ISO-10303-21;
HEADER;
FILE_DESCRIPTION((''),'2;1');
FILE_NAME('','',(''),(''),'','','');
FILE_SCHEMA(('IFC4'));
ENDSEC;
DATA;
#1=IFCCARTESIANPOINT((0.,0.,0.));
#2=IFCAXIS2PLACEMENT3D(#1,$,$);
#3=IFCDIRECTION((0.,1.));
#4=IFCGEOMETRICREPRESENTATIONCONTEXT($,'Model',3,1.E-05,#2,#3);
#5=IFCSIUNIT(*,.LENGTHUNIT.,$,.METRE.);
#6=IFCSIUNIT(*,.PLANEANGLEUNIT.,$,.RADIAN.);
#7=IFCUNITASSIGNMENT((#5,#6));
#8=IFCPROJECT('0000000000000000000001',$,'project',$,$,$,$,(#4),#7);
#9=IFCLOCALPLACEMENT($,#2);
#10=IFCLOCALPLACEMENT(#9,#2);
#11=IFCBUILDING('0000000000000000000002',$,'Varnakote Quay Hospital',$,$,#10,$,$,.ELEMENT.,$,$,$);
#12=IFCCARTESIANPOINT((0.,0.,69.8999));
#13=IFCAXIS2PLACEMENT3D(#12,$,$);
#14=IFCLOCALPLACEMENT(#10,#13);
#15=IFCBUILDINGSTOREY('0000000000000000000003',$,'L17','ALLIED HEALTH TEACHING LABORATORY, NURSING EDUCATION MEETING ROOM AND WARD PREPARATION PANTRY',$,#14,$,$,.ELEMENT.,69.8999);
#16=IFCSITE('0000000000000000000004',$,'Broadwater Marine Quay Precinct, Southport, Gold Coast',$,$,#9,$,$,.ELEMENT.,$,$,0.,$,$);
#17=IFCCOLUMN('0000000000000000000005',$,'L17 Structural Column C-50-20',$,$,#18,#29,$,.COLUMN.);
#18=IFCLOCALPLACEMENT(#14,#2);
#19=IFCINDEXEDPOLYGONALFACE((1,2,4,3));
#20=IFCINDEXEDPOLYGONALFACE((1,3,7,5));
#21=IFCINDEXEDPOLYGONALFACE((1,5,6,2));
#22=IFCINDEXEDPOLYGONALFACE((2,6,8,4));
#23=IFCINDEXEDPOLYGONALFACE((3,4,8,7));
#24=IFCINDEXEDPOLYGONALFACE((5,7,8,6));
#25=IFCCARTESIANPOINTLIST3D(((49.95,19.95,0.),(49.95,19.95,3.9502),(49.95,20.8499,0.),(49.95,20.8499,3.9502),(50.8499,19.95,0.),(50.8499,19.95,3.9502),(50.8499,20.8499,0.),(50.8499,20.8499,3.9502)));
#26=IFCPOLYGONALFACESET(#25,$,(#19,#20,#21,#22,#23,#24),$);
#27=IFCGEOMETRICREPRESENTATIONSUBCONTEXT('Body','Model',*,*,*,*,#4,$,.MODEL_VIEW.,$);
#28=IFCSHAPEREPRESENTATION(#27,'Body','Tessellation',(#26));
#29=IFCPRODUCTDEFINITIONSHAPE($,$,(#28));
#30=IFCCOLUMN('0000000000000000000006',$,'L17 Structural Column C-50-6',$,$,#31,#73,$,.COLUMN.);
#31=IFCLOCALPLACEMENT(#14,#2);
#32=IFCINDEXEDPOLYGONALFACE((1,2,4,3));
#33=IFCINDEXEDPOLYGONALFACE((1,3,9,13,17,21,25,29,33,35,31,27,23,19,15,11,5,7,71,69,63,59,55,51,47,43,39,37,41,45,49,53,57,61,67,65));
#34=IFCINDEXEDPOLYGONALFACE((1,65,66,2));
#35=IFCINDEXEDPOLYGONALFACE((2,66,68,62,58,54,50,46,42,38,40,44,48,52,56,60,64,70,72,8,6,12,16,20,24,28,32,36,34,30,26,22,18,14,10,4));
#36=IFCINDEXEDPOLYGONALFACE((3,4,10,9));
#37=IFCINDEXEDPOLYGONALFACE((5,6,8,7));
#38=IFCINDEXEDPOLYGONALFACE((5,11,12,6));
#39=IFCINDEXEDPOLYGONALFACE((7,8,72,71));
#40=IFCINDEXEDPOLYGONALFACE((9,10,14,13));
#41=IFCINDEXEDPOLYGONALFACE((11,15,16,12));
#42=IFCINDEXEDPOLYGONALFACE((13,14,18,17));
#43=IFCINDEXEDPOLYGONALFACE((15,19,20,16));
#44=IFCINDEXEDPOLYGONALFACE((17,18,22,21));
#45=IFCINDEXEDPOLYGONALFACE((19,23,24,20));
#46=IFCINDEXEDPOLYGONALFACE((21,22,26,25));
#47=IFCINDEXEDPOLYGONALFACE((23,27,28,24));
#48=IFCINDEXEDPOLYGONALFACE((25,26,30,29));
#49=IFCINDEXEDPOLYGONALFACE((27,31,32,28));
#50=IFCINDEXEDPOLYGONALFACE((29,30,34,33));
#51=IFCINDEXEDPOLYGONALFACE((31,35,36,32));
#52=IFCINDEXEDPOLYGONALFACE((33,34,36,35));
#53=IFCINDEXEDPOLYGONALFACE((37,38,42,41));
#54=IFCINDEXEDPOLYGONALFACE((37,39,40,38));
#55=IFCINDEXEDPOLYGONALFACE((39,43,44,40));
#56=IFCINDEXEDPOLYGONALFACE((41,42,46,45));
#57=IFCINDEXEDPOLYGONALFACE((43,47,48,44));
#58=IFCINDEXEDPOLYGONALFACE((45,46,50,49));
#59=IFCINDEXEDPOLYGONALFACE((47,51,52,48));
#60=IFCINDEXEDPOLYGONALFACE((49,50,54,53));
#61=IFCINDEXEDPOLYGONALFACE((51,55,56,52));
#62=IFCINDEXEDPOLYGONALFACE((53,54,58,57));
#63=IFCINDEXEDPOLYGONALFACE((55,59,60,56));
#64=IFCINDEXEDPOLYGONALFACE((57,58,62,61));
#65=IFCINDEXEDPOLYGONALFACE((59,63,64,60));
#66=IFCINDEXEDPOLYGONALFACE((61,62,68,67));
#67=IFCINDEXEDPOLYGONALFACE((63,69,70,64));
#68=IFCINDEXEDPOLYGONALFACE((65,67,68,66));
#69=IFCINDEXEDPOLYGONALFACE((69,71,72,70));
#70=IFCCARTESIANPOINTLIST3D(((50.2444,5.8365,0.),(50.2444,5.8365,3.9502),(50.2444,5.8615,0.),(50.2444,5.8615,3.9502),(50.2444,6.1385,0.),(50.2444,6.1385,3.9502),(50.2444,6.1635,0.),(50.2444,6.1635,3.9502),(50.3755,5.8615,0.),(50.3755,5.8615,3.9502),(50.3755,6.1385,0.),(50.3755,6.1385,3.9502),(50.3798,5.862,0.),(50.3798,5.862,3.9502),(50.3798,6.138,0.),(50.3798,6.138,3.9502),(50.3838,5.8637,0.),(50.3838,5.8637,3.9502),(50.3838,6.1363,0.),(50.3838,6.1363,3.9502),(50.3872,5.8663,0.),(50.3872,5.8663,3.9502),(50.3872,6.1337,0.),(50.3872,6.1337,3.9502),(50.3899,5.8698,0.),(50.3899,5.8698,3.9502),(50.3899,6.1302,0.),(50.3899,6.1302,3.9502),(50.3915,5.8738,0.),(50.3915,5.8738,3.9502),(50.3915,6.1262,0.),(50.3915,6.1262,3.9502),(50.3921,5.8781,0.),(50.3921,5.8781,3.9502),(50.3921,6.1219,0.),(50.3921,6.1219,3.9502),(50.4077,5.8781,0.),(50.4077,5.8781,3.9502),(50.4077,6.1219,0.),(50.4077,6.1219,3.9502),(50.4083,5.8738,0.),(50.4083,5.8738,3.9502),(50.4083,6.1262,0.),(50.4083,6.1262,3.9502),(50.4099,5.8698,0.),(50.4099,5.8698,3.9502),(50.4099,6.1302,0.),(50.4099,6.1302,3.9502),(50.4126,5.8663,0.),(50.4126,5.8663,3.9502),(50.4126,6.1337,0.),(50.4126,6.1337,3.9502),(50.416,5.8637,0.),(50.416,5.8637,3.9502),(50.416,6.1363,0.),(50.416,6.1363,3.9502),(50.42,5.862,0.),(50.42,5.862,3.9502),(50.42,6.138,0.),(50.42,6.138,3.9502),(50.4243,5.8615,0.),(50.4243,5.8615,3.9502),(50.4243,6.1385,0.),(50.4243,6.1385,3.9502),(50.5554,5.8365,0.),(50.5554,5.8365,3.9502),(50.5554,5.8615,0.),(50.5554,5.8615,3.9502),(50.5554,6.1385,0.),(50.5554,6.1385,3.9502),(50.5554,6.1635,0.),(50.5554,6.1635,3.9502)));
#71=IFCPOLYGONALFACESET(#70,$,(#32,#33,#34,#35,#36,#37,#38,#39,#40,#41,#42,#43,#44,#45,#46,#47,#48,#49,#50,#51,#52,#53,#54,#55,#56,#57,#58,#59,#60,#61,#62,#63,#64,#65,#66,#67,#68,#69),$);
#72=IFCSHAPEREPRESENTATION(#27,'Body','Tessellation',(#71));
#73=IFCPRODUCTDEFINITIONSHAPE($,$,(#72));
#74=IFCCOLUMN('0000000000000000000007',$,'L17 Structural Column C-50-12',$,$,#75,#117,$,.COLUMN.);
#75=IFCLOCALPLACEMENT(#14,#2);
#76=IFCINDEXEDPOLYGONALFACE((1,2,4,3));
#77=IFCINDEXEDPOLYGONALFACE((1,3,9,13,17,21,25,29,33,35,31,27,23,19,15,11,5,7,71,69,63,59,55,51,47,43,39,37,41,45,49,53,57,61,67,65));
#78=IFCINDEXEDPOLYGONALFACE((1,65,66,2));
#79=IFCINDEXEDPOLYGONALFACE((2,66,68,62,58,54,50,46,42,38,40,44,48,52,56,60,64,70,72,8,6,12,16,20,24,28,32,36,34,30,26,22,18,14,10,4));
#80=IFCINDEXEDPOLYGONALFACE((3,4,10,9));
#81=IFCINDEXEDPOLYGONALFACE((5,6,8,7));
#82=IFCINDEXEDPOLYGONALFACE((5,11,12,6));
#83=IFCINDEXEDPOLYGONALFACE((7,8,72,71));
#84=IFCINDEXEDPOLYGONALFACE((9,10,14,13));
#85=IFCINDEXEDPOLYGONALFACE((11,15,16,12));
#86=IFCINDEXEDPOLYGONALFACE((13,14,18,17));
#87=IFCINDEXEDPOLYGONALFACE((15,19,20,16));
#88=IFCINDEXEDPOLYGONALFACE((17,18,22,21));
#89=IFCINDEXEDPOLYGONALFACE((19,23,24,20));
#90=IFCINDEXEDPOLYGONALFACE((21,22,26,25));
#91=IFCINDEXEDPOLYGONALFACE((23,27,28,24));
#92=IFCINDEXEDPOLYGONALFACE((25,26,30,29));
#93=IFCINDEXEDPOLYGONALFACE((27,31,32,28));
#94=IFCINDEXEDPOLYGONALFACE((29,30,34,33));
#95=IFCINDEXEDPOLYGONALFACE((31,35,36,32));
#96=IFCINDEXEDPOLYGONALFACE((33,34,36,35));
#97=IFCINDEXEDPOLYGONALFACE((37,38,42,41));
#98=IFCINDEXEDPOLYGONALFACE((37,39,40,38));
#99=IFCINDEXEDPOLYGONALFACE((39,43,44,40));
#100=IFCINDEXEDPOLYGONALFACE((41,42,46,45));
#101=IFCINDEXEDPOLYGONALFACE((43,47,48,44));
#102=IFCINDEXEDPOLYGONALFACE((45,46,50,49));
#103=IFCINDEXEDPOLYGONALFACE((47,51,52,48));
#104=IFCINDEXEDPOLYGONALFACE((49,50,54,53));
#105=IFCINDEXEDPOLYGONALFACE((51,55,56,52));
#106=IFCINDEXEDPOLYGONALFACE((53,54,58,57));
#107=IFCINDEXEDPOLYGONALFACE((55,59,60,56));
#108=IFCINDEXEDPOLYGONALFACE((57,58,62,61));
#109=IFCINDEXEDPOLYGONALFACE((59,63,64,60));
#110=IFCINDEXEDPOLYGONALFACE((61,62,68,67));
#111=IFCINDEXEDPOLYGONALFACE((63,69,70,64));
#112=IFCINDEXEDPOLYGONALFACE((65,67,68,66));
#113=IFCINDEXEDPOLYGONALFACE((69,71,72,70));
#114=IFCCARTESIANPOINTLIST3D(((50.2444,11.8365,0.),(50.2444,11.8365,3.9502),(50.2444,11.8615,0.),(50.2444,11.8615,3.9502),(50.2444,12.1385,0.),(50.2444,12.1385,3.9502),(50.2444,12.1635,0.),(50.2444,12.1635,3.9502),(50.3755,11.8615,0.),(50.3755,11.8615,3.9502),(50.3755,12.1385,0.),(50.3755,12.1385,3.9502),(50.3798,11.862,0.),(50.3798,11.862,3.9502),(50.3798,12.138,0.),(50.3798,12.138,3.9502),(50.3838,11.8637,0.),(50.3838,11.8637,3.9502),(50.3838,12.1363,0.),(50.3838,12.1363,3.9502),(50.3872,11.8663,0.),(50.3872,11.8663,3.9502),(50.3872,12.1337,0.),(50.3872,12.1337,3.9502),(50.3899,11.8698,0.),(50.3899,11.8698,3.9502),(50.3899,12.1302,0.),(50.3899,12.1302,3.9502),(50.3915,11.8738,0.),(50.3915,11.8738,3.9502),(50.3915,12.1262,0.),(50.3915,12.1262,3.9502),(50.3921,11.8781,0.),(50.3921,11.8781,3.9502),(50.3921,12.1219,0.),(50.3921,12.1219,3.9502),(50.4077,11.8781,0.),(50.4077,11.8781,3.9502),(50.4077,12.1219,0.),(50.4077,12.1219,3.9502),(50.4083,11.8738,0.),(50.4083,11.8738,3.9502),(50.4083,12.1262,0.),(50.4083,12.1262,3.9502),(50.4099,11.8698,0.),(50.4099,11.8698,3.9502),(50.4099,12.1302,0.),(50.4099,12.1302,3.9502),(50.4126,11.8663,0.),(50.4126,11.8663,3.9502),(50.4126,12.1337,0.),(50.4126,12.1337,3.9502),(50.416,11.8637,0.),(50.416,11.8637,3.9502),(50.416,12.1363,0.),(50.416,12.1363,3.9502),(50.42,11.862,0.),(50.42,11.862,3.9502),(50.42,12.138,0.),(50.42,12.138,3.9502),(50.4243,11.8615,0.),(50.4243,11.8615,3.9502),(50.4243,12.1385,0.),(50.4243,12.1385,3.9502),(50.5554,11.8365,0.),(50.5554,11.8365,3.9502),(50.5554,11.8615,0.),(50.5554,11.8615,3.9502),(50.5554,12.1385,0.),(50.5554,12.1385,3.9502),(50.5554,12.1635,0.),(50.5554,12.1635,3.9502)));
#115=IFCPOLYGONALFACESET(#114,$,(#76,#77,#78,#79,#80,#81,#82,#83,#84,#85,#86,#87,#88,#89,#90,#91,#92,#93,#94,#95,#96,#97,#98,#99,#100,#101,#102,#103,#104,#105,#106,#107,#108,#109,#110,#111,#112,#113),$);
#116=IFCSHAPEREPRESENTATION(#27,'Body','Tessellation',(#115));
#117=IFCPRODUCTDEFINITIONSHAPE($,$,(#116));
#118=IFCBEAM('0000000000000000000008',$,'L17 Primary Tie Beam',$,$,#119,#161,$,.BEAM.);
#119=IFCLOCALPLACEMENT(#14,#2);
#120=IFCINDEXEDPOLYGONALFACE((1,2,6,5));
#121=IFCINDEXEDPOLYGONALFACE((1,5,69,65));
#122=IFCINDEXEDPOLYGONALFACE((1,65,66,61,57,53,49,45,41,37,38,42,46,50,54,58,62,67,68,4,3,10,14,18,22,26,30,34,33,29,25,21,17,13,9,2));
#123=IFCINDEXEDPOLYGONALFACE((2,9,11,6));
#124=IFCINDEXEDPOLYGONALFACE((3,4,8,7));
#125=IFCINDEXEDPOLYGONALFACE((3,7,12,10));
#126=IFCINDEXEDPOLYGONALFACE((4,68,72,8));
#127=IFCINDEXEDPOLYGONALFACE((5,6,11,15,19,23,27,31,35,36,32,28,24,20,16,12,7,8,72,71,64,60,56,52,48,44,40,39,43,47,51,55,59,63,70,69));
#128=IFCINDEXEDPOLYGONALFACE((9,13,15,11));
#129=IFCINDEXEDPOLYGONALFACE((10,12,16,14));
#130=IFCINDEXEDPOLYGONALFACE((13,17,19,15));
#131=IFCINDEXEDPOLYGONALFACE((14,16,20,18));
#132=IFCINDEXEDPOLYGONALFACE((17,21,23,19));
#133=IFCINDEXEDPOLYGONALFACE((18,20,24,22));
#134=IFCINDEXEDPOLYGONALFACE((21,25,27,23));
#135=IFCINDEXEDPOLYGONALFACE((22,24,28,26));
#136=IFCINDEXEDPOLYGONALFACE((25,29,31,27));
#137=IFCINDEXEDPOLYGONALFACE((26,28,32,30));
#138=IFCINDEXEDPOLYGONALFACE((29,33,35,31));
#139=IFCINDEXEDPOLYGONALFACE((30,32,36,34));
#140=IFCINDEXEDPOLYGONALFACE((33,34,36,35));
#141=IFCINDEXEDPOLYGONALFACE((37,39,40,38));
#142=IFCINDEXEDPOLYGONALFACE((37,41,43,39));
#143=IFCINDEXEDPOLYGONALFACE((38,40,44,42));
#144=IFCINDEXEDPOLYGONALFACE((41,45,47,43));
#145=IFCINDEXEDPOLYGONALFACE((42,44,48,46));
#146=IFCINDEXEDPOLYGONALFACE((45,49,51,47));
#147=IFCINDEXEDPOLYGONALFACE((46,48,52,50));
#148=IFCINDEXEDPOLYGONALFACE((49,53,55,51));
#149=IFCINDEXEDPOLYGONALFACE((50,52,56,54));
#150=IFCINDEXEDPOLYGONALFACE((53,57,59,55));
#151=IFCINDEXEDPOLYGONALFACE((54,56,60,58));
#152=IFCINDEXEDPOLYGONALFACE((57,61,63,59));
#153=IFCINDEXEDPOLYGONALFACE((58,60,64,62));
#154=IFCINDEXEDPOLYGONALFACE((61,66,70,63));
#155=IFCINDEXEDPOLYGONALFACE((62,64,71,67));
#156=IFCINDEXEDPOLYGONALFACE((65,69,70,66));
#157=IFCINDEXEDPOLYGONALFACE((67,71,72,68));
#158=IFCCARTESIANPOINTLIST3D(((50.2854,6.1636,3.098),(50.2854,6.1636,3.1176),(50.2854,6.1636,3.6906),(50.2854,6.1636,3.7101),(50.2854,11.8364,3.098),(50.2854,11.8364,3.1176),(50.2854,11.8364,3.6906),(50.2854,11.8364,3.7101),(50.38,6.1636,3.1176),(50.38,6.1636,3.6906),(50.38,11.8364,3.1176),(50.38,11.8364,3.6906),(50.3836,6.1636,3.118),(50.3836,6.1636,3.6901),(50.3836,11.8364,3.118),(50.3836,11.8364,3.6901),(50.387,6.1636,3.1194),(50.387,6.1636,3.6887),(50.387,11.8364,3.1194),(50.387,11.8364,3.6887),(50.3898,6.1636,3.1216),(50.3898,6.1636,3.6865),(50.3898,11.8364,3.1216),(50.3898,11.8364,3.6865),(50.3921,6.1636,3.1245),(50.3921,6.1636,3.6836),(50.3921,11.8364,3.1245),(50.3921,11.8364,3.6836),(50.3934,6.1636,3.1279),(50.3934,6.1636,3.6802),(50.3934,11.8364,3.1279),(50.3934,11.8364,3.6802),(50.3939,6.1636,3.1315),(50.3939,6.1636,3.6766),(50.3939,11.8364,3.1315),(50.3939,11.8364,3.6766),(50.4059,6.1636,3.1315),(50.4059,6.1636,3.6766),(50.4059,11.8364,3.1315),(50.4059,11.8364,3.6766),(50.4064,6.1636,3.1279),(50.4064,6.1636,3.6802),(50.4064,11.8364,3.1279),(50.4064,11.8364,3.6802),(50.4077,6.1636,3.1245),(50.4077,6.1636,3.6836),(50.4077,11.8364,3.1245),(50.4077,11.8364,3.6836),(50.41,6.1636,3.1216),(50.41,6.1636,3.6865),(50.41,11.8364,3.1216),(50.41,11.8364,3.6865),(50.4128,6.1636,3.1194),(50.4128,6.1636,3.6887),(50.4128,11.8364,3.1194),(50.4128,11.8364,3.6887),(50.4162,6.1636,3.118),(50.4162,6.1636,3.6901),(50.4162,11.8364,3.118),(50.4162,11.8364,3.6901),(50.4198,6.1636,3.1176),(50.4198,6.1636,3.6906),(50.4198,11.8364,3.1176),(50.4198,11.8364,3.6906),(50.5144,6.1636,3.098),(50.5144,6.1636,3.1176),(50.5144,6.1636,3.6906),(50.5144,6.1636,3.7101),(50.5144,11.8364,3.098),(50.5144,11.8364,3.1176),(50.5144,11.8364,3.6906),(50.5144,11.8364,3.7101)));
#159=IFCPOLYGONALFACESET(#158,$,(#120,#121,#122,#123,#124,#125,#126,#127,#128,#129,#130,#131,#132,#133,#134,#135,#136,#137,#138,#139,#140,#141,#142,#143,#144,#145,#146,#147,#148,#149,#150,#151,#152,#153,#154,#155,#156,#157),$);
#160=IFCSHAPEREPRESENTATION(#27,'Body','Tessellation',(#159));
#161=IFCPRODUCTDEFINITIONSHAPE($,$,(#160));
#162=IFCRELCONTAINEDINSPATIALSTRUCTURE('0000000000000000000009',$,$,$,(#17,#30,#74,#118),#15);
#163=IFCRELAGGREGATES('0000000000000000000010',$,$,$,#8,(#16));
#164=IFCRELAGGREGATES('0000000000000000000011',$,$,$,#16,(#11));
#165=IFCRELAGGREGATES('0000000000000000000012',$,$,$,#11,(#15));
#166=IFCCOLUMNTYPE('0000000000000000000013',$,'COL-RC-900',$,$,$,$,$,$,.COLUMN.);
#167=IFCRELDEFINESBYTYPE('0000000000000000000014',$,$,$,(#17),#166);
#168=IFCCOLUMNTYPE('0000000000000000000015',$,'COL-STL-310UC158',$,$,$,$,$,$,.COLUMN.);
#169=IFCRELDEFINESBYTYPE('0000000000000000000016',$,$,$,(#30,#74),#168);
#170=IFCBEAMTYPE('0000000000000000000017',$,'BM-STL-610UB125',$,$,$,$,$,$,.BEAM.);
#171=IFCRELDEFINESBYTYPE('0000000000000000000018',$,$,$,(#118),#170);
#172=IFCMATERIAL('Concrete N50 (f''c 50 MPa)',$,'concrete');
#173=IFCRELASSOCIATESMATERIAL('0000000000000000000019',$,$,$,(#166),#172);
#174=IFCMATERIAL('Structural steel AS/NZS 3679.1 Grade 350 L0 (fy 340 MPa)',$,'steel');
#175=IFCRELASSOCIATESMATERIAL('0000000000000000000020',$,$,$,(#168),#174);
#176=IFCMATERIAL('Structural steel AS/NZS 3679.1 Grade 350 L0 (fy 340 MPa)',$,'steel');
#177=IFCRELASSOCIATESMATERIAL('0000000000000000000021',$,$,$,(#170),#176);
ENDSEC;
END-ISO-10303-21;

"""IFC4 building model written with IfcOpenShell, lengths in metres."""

from ifc_helpers import new_model, si_unit, direction, frame, origin, origin_2d, place, context, subcontext, project, spatial, rectangle, i_section, extrude, material, material_profile, profile_set, type_object, element, save


model = new_model("IFC4")

# Units and contexts
model_context = context("Model", 3, precision=1e-05, world=origin(), true_north=direction((0.0, 1.0)))
body_context = subcontext(model_context, "Body", "Model", "MODEL_VIEW")
ifc_project = project(units=[si_unit("LENGTHUNIT", "METRE"), si_unit("PLANEANGLEUNIT", "RADIAN")], contexts=[model_context])

# Site, building, storey
site_placement = place(None, origin())
site = spatial("IfcSite", under=ifc_project, at=site_placement, Name="Broadwater Marine Quay Precinct, Southport, Gold Coast", CompositionType="ELEMENT", RefElevation=0.0)
building_placement = place(site_placement, origin())
building = spatial("IfcBuilding", under=site, at=building_placement, Name="Varnakote Quay Hospital", CompositionType="ELEMENT")
storey_placement = place(building_placement, frame((0.0, 0.0, 69.8999)))
storey = spatial("IfcBuildingStorey", under=building, at=storey_placement, Name="L17", Description="ALLIED HEALTH TEACHING LABORATORY, NURSING EDUCATION MEETING ROOM AND WARD PREPARATION PANTRY", CompositionType="ELEMENT", Elevation=69.8999)

# Columns
ifc_material_1 = material(Name="Concrete N50 (f'c 50 MPa)", Category="concrete")
ifc_material_profile_1 = material_profile(ifc_material_1, rectangle(XDim=0.8999, YDim=0.8999, at=origin_2d()), Name="RC-COL-900x900")
ifc_profile_set_1 = profile_set([ifc_material_profile_1], Name="Concrete N50 (f'c 50 MPa)")
column_type_1 = type_object("IfcColumnType", Name="COL-RC-900", PredefinedType="COLUMN", material=ifc_profile_set_1)
column_placement = place(storey_placement, frame((50.3999, 20.3999, 0.0), z_axis=(0.0, 0.0, 1.0), x_axis=(1.0, 0.0, 0.0)))
element("IfcColumn", 1, at=column_placement, inside=storey, type_object=column_type_1, Name="L17 Structural Column C-50-20", PredefinedType="COLUMN", context=body_context, shape_type="SweptSolid", body=[
    extrude(rectangle(XDim=0.8999, YDim=0.8999, at=origin_2d()), origin(), (0.0, 0.0, 1.0), 3.9502),
])
ifc_material_2 = material(Name="Structural steel AS/NZS 3679.1 Grade 350 L0 (fy 340 MPa)", Category="steel")
ifc_material_profile_2 = material_profile(ifc_material_2, i_section(OverallWidth=0.311, OverallDepth=0.3269, WebThickness=0.0156, FlangeThickness=0.0249, FilletRadius=0.0166, at=origin_2d()), Name="310UC158")
ifc_profile_set_2 = profile_set([ifc_material_profile_2], Name="Structural steel AS/NZS 3679.1 Grade 350 L0 (fy 340 MPa)")
column_type_2 = type_object("IfcColumnType", Name="COL-STL-310UC158", PredefinedType="COLUMN", material=ifc_profile_set_2)
for number, where, z_axis, x_axis, name in (
    (2, (50.3999, 6.0, 0.0), (0.0, 0.0, 1.0), (1.0, 0.0, 0.0), "L17 Structural Column C-50-6"),
    (3, (50.3999, 12.0, 0.0), (0.0, 0.0, 1.0), (1.0, 0.0, 0.0), "L17 Structural Column C-50-12"),
):
    element("IfcColumn", number, at=place(storey_placement, frame(where, z_axis=z_axis, x_axis=x_axis)), inside=storey, type_object=column_type_2, Name=name, PredefinedType="COLUMN", context=body_context, shape_type="SweptSolid", body=[
        extrude(i_section(OverallWidth=0.311, OverallDepth=0.3269, WebThickness=0.0156, FlangeThickness=0.0249, FilletRadius=0.0166, at=origin_2d()), origin(), (0.0, 0.0, 1.0), 3.9502),
    ])

# Beam
ifc_material_3 = material(Name="Structural steel AS/NZS 3679.1 Grade 350 L0 (fy 340 MPa)", Category="steel")
ifc_material_profile_3 = material_profile(ifc_material_3, i_section(OverallWidth=0.229, OverallDepth=0.6121, WebThickness=0.012, FlangeThickness=0.0195, FilletRadius=0.0139, at=origin_2d()), Name="610UB125")
ifc_profile_set_3 = profile_set([ifc_material_profile_3], Name="Structural steel AS/NZS 3679.1 Grade 350 L0 (fy 340 MPa)")
beam_type = type_object("IfcBeamType", Name="BM-STL-610UB125", PredefinedType="BEAM", material=ifc_profile_set_3)
beam_1_placement = place(storey_placement, frame((50.3999, 6.1636, 3.4041), z_axis=(0.0, 1.0, 0.0), x_axis=(-1.0, 0.0, 0.0)))
element("IfcBeam", 4, at=beam_1_placement, inside=storey, type_object=beam_type, Name="L17 Primary Tie Beam", PredefinedType="BEAM", context=body_context, shape_type="SweptSolid", body=[
    extrude(i_section(OverallWidth=0.229, OverallDepth=0.6121, WebThickness=0.012, FlangeThickness=0.0195, FilletRadius=0.0139, at=origin_2d()), origin(), (0.0, 0.0, 1.0), 5.6729),
])

save(model, "model.ifc")
